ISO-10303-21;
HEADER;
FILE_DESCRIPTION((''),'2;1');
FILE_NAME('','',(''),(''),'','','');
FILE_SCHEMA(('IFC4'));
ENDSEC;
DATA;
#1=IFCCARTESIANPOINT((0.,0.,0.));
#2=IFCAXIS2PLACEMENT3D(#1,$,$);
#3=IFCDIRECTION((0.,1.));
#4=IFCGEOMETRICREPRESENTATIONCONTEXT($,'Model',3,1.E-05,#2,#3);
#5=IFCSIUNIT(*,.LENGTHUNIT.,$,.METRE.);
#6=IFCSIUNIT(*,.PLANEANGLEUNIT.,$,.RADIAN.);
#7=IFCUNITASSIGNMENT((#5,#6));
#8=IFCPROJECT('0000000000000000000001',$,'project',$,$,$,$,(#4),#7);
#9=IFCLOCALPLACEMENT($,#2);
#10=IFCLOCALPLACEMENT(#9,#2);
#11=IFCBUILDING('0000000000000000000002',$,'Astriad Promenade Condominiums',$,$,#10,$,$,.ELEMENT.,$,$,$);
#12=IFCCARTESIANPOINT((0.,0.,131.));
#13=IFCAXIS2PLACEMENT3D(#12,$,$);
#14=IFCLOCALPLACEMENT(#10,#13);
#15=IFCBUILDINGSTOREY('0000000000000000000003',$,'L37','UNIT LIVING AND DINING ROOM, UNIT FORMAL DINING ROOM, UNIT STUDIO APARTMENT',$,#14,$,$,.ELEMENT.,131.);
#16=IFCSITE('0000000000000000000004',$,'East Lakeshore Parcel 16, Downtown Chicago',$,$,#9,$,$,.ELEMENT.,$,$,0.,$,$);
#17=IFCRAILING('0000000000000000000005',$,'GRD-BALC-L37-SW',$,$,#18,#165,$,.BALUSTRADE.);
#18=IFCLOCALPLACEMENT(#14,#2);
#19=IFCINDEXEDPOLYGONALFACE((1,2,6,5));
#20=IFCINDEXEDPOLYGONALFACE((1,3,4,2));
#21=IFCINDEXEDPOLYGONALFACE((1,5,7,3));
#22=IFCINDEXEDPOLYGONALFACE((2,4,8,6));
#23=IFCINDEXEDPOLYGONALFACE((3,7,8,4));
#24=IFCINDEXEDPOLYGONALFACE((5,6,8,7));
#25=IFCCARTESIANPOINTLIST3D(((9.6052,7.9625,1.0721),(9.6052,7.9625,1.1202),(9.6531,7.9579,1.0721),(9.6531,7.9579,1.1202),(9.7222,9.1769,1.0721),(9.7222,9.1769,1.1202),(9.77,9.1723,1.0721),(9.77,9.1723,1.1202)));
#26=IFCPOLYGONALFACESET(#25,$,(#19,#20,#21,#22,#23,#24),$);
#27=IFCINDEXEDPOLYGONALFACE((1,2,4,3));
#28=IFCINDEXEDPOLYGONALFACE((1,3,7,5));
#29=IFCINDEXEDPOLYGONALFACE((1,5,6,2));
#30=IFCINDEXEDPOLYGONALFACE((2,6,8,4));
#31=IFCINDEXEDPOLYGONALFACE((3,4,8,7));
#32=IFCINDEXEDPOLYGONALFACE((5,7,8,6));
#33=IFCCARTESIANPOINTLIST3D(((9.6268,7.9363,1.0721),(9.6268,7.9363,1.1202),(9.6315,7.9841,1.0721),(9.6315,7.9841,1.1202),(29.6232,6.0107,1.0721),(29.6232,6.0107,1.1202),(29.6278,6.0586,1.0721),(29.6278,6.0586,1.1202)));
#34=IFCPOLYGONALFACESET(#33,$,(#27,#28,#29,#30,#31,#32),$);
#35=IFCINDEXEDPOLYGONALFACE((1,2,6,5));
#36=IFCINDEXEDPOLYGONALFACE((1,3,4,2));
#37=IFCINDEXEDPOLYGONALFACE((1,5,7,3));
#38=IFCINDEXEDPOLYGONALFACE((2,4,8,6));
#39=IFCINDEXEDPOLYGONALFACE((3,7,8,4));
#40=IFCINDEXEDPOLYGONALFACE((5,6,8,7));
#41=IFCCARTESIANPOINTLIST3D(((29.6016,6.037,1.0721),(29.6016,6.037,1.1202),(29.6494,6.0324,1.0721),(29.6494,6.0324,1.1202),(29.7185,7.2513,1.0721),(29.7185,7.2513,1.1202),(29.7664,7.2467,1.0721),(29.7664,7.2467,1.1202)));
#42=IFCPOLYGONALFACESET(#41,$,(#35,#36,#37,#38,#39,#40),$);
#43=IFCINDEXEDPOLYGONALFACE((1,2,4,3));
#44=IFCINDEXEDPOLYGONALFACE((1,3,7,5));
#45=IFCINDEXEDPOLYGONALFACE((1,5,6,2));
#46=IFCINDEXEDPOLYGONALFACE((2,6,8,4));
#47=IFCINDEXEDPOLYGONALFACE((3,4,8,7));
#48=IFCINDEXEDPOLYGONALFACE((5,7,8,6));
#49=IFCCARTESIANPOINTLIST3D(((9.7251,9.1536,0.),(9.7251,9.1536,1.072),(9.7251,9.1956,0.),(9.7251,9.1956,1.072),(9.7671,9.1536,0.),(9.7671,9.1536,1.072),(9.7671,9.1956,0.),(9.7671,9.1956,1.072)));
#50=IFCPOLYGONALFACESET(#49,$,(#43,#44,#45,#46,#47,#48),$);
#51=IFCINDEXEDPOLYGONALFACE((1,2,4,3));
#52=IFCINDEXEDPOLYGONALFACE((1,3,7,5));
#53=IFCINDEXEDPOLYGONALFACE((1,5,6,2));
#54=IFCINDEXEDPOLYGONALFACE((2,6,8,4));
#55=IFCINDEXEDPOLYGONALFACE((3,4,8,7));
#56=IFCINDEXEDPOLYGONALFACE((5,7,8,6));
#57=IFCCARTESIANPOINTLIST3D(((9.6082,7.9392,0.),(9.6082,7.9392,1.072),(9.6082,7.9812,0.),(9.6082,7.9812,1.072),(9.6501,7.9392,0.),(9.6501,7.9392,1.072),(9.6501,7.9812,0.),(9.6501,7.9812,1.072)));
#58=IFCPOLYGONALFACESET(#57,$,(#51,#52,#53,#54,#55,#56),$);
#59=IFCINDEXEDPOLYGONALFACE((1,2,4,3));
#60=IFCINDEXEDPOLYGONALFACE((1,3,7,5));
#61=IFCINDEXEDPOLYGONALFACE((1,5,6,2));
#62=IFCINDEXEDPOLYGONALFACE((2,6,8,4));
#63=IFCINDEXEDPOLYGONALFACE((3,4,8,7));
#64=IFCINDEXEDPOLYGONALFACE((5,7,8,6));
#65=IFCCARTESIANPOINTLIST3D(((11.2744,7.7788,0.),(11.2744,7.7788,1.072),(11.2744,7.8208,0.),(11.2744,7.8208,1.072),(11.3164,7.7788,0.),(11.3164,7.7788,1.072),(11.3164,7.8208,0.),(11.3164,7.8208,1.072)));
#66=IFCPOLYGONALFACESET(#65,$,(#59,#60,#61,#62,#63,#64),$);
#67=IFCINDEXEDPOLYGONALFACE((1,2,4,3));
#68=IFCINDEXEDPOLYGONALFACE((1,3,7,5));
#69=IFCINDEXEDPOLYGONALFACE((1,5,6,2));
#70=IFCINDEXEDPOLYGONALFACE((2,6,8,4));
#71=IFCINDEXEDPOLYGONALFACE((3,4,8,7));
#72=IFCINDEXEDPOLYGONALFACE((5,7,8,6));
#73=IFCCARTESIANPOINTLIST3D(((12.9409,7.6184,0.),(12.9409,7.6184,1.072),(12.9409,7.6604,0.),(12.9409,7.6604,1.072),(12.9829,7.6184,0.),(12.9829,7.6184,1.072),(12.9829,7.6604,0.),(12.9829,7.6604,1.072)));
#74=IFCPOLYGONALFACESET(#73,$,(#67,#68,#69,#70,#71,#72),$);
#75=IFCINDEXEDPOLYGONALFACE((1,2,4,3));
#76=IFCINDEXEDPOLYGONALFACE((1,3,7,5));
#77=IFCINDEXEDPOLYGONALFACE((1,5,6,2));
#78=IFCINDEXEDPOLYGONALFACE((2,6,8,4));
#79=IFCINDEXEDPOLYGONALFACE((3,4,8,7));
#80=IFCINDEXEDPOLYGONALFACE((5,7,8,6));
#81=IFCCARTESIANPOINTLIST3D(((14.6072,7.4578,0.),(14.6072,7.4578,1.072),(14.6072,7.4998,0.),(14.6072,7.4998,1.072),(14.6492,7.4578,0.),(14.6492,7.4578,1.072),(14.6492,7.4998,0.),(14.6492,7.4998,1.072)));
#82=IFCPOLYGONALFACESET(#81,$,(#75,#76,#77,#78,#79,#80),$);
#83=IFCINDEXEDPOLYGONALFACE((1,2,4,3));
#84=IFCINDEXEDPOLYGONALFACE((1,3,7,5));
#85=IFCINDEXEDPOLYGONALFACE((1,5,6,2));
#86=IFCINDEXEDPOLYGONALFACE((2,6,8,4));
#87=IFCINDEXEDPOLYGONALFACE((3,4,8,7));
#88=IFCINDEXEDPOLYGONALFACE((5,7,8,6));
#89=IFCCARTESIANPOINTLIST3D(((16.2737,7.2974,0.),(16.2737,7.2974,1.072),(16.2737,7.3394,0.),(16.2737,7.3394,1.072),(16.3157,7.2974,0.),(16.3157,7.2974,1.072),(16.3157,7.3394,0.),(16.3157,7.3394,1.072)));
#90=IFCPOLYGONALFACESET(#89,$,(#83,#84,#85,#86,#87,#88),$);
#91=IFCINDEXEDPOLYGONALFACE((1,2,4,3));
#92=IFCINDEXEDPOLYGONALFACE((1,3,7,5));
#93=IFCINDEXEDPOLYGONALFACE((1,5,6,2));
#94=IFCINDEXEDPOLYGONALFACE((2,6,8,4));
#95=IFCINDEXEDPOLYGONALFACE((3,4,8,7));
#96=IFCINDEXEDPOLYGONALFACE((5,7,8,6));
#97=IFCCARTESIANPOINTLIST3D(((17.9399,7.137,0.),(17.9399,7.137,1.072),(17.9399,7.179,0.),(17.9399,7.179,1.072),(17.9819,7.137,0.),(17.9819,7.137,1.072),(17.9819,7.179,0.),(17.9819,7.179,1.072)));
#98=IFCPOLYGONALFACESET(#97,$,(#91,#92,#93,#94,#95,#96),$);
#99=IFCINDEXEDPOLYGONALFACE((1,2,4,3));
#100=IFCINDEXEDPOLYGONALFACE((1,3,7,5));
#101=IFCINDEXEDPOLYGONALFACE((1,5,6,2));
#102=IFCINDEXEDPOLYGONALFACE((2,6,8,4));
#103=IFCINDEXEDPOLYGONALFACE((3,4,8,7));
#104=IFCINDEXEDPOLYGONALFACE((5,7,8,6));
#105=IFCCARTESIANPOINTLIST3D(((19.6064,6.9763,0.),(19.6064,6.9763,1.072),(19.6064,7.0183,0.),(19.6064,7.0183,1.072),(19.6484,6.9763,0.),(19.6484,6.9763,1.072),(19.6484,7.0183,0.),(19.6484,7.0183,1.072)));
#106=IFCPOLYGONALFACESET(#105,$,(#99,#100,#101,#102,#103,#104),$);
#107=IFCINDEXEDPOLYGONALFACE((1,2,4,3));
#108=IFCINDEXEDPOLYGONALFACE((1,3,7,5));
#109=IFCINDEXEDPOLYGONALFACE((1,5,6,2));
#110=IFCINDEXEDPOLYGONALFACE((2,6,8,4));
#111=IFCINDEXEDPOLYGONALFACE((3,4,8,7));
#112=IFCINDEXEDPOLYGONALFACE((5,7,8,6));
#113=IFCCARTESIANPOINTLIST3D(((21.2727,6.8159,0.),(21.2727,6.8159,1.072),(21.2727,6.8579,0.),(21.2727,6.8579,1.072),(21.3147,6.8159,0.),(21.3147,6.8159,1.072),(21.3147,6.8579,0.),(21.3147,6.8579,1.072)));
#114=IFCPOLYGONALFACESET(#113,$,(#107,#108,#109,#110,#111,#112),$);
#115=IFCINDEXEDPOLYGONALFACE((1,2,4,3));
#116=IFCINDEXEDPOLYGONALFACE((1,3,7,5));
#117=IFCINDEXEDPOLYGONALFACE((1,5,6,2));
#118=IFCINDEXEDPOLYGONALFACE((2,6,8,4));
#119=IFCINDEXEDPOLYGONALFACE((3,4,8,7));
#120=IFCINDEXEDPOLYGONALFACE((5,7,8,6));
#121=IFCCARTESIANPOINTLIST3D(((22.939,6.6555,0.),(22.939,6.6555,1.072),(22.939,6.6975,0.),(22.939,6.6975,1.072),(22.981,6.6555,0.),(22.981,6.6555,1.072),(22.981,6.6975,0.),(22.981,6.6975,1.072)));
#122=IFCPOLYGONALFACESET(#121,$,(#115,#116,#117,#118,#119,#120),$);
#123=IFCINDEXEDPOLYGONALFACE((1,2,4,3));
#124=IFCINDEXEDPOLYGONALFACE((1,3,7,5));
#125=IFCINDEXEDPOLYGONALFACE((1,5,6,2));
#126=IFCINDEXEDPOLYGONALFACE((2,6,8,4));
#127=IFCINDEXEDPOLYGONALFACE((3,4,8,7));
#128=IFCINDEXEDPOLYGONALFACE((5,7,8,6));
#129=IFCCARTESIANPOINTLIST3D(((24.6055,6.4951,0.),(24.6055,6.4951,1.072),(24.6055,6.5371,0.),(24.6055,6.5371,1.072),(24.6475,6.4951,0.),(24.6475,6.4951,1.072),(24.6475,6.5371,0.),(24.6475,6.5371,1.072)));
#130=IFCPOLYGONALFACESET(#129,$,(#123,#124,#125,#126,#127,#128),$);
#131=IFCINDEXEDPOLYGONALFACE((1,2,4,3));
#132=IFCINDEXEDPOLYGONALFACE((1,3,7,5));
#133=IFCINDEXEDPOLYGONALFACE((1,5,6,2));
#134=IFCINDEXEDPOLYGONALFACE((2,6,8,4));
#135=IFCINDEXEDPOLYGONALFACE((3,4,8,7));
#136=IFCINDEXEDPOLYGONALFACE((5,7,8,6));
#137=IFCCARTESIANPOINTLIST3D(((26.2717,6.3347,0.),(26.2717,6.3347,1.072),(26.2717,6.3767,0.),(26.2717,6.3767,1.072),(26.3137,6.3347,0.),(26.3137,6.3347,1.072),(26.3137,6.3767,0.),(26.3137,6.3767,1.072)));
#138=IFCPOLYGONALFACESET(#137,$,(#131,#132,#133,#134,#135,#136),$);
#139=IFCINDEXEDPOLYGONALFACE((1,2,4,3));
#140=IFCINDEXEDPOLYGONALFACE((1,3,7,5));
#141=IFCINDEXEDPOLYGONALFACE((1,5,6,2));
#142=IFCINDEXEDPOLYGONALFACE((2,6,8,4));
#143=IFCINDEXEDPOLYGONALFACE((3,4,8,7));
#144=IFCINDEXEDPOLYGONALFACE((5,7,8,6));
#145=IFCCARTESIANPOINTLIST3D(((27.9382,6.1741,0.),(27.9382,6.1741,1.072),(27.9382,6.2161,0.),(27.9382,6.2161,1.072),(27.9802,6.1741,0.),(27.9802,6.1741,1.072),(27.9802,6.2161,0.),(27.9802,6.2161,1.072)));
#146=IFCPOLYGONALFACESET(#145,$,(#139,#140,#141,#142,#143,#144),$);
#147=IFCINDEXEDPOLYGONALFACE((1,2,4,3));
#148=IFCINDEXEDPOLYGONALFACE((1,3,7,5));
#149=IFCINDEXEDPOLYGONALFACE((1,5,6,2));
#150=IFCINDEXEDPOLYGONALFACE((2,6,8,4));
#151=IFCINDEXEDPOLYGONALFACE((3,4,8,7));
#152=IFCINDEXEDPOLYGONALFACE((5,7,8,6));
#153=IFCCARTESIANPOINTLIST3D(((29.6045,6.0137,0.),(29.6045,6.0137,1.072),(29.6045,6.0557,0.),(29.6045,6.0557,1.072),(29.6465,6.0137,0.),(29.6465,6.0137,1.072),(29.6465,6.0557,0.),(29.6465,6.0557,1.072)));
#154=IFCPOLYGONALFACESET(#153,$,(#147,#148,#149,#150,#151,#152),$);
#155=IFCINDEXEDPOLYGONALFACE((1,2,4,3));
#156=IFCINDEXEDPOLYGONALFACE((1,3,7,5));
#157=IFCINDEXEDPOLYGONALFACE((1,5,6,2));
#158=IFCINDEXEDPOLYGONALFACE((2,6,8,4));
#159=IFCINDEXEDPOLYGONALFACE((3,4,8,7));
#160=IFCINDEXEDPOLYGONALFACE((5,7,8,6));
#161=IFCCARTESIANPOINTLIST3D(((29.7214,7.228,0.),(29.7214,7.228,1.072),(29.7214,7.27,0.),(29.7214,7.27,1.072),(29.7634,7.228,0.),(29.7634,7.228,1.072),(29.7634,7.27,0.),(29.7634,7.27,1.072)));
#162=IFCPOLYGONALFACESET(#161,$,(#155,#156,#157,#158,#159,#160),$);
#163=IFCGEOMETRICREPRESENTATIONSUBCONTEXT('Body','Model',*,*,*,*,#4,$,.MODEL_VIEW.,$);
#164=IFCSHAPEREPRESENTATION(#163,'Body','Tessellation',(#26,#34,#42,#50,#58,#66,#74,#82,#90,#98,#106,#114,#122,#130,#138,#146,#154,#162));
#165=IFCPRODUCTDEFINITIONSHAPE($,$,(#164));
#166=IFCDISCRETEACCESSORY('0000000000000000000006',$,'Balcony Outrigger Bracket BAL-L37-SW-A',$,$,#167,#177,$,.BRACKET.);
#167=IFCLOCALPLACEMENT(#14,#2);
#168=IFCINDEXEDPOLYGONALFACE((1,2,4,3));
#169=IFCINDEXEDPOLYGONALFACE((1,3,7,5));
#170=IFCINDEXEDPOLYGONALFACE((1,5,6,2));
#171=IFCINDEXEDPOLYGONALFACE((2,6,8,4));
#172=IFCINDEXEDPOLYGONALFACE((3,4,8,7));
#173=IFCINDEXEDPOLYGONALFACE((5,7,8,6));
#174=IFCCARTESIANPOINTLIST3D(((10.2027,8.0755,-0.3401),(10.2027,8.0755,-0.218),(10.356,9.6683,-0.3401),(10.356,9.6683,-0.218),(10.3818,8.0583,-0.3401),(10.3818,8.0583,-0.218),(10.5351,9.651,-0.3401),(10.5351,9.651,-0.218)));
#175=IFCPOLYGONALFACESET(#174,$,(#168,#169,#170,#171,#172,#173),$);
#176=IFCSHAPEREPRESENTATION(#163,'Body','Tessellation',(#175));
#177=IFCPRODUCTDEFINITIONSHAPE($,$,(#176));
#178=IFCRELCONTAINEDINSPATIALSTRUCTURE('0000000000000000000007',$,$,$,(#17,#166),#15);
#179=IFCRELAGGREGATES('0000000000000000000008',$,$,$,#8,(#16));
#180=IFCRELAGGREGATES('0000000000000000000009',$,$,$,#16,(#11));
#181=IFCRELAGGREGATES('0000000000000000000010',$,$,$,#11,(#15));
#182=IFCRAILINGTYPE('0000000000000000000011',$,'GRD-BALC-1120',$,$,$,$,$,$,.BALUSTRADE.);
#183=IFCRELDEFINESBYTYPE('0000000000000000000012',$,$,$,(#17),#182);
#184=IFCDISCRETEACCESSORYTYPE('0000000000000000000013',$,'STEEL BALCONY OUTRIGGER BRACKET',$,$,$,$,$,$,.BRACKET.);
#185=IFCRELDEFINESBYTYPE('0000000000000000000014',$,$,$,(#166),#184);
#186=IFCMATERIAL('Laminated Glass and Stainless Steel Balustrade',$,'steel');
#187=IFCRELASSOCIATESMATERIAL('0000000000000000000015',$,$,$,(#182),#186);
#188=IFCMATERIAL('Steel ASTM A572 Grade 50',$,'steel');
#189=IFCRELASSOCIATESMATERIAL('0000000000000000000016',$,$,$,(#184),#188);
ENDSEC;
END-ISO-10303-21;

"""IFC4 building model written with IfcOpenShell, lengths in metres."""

from ifc_helpers import new_model, si_unit, direction, frame, origin, origin_2d, place, context, subcontext, project, spatial, rectangle, extrude, source, transform, mapped, material, type_object, type_shapes, element, save


model = new_model("IFC4")

# Units and contexts
model_context = context("Model", 3, precision=1e-05, world=origin(), true_north=direction((0.0, 1.0)))
body_context = subcontext(model_context, "Body", "Model", "MODEL_VIEW")
ifc_project = project(units=[si_unit("LENGTHUNIT", "METRE"), si_unit("PLANEANGLEUNIT", "RADIAN")], contexts=[model_context])

# Site, building, storey
site_placement = place(None, origin())
site = spatial("IfcSite", under=ifc_project, at=site_placement, Name="East Lakeshore Parcel 16, Downtown Chicago", CompositionType="ELEMENT", RefElevation=0.0)
building_placement = place(site_placement, origin())
building = spatial("IfcBuilding", under=site, at=building_placement, Name="Astriad Promenade Condominiums", CompositionType="ELEMENT")
storey_placement = place(building_placement, frame((0.0, 0.0, 131.0)))
storey = spatial("IfcBuildingStorey", under=building, at=storey_placement, Name="L37", Description="UNIT LIVING AND DINING ROOM, UNIT FORMAL DINING ROOM, UNIT STUDIO APARTMENT", CompositionType="ELEMENT", Elevation=131.0)

# Railing
ifc_material_1 = material(Name="Laminated Glass and Stainless Steel Balustrade", Category="steel")
railing_type = type_object("IfcRailingType", Name="GRD-BALC-1120", PredefinedType="BALUSTRADE", material=ifc_material_1)
shared_shape_1 = source(origin(), body_context, "Body", "SweptSolid", [
    extrude(rectangle(XDim=0.0481, YDim=0.0481, at=origin_2d()), frame((0.0, 0.0, 1.0962), z_axis=(-0.095857, -0.995395, 0.0), x_axis=(0.995395, -0.095857, 0.0)), (0.0, 0.0, 1.0), 1.22),
    extrude(rectangle(XDim=0.0481, YDim=0.0481, at=origin_2d()), frame((-0.1169, -1.2144, 1.0962), z_axis=(0.995396, -0.095851, 0.0), x_axis=(0.095851, 0.995396, 0.0)), (0.0, 0.0, 1.0), 20.0889),
    extrude(rectangle(XDim=0.0481, YDim=0.0481, at=origin_2d()), frame((19.8794, -3.1399, 1.0962), z_axis=(0.095857, 0.995395, 0.0), x_axis=(-0.995395, 0.095857, 0.0)), (0.0, 0.0, 1.0), 1.22),
    extrude(rectangle(XDim=0.042, YDim=0.042, at=origin_2d()), origin(), (0.0, 0.0, 1.0), 1.072),
    extrude(rectangle(XDim=0.042, YDim=0.042, at=origin_2d()), frame((-0.1169, -1.2144, 0.0)), (0.0, 0.0, 1.0), 1.072),
    extrude(rectangle(XDim=0.042, YDim=0.042, at=origin_2d()), frame((1.5493, -1.3748, 0.0)), (0.0, 0.0, 1.0), 1.072),
    extrude(rectangle(XDim=0.042, YDim=0.042, at=origin_2d()), frame((3.2158, -1.5352, 0.0)), (0.0, 0.0, 1.0), 1.072),
    extrude(rectangle(XDim=0.042, YDim=0.042, at=origin_2d()), frame((4.8821, -1.6958, 0.0)), (0.0, 0.0, 1.0), 1.072),
    extrude(rectangle(XDim=0.042, YDim=0.042, at=origin_2d()), frame((6.5486, -1.8562, 0.0)), (0.0, 0.0, 1.0), 1.072),
    extrude(rectangle(XDim=0.042, YDim=0.042, at=origin_2d()), frame((8.2148, -2.0166, 0.0)), (0.0, 0.0, 1.0), 1.072),
    extrude(rectangle(XDim=0.042, YDim=0.042, at=origin_2d()), frame((9.8813, -2.1772, 0.0)), (0.0, 0.0, 1.0), 1.072),
    extrude(rectangle(XDim=0.042, YDim=0.042, at=origin_2d()), frame((11.5476, -2.3376, 0.0)), (0.0, 0.0, 1.0), 1.072),
    extrude(rectangle(XDim=0.042, YDim=0.042, at=origin_2d()), frame((13.2139, -2.498, 0.0)), (0.0, 0.0, 1.0), 1.072),
    extrude(rectangle(XDim=0.042, YDim=0.042, at=origin_2d()), frame((14.8804, -2.6584, 0.0)), (0.0, 0.0, 1.0), 1.072),
    extrude(rectangle(XDim=0.042, YDim=0.042, at=origin_2d()), frame((16.5466, -2.8188, 0.0)), (0.0, 0.0, 1.0), 1.072),
    extrude(rectangle(XDim=0.042, YDim=0.042, at=origin_2d()), frame((18.2131, -2.9795, 0.0)), (0.0, 0.0, 1.0), 1.072),
    extrude(rectangle(XDim=0.042, YDim=0.042, at=origin_2d()), frame((19.8794, -3.1399, 0.0)), (0.0, 0.0, 1.0), 1.072),
    extrude(rectangle(XDim=0.042, YDim=0.042, at=origin_2d()), frame((19.9963, -1.9255, 0.0)), (0.0, 0.0, 1.0), 1.072),
])
type_shapes(railing_type, [shared_shape_1])
railing_placement = place(storey_placement, frame((9.7461, 9.1746, 0.0)))
element("IfcRailing", 1, at=railing_placement, inside=storey, type_object=railing_type, Name="GRD-BALC-L37-SW", PredefinedType="BALUSTRADE", context=body_context, shape_type="MappedRepresentation", body=[
    mapped(shared_shape_1, transform((0.0, 0.0, 0.0), scale=1.0)),
])

# Discrete accessory
ifc_material_2 = material(Name="Steel ASTM A572 Grade 50", Category="steel")
discrete_accessory_type = type_object("IfcDiscreteAccessoryType", Name="STEEL BALCONY OUTRIGGER BRACKET", PredefinedType="BRACKET", material=ifc_material_2)
shared_shape_2 = source(origin(), body_context, "Body", "SweptSolid", [
    extrude(rectangle(XDim=1.6001, YDim=0.1799, at=origin_2d()), origin(), (0.0, 0.0, 1.0), 0.1221),
])
type_shapes(discrete_accessory_type, [shared_shape_2])
discrete_accessory_placement = place(storey_placement, frame((10.3689, 8.8633, -0.3401), z_axis=(0.0, 0.0, 1.0), x_axis=(-0.095846, -0.995396, 0.0)))
element("IfcDiscreteAccessory", 2, at=discrete_accessory_placement, inside=storey, type_object=discrete_accessory_type, Name="Balcony Outrigger Bracket BAL-L37-SW-A", PredefinedType="BRACKET", context=body_context, shape_type="MappedRepresentation", body=[
    mapped(shared_shape_2, transform((0.0, 0.0, 0.0), scale=1.0)),
])

save(model, "model.ifc")
